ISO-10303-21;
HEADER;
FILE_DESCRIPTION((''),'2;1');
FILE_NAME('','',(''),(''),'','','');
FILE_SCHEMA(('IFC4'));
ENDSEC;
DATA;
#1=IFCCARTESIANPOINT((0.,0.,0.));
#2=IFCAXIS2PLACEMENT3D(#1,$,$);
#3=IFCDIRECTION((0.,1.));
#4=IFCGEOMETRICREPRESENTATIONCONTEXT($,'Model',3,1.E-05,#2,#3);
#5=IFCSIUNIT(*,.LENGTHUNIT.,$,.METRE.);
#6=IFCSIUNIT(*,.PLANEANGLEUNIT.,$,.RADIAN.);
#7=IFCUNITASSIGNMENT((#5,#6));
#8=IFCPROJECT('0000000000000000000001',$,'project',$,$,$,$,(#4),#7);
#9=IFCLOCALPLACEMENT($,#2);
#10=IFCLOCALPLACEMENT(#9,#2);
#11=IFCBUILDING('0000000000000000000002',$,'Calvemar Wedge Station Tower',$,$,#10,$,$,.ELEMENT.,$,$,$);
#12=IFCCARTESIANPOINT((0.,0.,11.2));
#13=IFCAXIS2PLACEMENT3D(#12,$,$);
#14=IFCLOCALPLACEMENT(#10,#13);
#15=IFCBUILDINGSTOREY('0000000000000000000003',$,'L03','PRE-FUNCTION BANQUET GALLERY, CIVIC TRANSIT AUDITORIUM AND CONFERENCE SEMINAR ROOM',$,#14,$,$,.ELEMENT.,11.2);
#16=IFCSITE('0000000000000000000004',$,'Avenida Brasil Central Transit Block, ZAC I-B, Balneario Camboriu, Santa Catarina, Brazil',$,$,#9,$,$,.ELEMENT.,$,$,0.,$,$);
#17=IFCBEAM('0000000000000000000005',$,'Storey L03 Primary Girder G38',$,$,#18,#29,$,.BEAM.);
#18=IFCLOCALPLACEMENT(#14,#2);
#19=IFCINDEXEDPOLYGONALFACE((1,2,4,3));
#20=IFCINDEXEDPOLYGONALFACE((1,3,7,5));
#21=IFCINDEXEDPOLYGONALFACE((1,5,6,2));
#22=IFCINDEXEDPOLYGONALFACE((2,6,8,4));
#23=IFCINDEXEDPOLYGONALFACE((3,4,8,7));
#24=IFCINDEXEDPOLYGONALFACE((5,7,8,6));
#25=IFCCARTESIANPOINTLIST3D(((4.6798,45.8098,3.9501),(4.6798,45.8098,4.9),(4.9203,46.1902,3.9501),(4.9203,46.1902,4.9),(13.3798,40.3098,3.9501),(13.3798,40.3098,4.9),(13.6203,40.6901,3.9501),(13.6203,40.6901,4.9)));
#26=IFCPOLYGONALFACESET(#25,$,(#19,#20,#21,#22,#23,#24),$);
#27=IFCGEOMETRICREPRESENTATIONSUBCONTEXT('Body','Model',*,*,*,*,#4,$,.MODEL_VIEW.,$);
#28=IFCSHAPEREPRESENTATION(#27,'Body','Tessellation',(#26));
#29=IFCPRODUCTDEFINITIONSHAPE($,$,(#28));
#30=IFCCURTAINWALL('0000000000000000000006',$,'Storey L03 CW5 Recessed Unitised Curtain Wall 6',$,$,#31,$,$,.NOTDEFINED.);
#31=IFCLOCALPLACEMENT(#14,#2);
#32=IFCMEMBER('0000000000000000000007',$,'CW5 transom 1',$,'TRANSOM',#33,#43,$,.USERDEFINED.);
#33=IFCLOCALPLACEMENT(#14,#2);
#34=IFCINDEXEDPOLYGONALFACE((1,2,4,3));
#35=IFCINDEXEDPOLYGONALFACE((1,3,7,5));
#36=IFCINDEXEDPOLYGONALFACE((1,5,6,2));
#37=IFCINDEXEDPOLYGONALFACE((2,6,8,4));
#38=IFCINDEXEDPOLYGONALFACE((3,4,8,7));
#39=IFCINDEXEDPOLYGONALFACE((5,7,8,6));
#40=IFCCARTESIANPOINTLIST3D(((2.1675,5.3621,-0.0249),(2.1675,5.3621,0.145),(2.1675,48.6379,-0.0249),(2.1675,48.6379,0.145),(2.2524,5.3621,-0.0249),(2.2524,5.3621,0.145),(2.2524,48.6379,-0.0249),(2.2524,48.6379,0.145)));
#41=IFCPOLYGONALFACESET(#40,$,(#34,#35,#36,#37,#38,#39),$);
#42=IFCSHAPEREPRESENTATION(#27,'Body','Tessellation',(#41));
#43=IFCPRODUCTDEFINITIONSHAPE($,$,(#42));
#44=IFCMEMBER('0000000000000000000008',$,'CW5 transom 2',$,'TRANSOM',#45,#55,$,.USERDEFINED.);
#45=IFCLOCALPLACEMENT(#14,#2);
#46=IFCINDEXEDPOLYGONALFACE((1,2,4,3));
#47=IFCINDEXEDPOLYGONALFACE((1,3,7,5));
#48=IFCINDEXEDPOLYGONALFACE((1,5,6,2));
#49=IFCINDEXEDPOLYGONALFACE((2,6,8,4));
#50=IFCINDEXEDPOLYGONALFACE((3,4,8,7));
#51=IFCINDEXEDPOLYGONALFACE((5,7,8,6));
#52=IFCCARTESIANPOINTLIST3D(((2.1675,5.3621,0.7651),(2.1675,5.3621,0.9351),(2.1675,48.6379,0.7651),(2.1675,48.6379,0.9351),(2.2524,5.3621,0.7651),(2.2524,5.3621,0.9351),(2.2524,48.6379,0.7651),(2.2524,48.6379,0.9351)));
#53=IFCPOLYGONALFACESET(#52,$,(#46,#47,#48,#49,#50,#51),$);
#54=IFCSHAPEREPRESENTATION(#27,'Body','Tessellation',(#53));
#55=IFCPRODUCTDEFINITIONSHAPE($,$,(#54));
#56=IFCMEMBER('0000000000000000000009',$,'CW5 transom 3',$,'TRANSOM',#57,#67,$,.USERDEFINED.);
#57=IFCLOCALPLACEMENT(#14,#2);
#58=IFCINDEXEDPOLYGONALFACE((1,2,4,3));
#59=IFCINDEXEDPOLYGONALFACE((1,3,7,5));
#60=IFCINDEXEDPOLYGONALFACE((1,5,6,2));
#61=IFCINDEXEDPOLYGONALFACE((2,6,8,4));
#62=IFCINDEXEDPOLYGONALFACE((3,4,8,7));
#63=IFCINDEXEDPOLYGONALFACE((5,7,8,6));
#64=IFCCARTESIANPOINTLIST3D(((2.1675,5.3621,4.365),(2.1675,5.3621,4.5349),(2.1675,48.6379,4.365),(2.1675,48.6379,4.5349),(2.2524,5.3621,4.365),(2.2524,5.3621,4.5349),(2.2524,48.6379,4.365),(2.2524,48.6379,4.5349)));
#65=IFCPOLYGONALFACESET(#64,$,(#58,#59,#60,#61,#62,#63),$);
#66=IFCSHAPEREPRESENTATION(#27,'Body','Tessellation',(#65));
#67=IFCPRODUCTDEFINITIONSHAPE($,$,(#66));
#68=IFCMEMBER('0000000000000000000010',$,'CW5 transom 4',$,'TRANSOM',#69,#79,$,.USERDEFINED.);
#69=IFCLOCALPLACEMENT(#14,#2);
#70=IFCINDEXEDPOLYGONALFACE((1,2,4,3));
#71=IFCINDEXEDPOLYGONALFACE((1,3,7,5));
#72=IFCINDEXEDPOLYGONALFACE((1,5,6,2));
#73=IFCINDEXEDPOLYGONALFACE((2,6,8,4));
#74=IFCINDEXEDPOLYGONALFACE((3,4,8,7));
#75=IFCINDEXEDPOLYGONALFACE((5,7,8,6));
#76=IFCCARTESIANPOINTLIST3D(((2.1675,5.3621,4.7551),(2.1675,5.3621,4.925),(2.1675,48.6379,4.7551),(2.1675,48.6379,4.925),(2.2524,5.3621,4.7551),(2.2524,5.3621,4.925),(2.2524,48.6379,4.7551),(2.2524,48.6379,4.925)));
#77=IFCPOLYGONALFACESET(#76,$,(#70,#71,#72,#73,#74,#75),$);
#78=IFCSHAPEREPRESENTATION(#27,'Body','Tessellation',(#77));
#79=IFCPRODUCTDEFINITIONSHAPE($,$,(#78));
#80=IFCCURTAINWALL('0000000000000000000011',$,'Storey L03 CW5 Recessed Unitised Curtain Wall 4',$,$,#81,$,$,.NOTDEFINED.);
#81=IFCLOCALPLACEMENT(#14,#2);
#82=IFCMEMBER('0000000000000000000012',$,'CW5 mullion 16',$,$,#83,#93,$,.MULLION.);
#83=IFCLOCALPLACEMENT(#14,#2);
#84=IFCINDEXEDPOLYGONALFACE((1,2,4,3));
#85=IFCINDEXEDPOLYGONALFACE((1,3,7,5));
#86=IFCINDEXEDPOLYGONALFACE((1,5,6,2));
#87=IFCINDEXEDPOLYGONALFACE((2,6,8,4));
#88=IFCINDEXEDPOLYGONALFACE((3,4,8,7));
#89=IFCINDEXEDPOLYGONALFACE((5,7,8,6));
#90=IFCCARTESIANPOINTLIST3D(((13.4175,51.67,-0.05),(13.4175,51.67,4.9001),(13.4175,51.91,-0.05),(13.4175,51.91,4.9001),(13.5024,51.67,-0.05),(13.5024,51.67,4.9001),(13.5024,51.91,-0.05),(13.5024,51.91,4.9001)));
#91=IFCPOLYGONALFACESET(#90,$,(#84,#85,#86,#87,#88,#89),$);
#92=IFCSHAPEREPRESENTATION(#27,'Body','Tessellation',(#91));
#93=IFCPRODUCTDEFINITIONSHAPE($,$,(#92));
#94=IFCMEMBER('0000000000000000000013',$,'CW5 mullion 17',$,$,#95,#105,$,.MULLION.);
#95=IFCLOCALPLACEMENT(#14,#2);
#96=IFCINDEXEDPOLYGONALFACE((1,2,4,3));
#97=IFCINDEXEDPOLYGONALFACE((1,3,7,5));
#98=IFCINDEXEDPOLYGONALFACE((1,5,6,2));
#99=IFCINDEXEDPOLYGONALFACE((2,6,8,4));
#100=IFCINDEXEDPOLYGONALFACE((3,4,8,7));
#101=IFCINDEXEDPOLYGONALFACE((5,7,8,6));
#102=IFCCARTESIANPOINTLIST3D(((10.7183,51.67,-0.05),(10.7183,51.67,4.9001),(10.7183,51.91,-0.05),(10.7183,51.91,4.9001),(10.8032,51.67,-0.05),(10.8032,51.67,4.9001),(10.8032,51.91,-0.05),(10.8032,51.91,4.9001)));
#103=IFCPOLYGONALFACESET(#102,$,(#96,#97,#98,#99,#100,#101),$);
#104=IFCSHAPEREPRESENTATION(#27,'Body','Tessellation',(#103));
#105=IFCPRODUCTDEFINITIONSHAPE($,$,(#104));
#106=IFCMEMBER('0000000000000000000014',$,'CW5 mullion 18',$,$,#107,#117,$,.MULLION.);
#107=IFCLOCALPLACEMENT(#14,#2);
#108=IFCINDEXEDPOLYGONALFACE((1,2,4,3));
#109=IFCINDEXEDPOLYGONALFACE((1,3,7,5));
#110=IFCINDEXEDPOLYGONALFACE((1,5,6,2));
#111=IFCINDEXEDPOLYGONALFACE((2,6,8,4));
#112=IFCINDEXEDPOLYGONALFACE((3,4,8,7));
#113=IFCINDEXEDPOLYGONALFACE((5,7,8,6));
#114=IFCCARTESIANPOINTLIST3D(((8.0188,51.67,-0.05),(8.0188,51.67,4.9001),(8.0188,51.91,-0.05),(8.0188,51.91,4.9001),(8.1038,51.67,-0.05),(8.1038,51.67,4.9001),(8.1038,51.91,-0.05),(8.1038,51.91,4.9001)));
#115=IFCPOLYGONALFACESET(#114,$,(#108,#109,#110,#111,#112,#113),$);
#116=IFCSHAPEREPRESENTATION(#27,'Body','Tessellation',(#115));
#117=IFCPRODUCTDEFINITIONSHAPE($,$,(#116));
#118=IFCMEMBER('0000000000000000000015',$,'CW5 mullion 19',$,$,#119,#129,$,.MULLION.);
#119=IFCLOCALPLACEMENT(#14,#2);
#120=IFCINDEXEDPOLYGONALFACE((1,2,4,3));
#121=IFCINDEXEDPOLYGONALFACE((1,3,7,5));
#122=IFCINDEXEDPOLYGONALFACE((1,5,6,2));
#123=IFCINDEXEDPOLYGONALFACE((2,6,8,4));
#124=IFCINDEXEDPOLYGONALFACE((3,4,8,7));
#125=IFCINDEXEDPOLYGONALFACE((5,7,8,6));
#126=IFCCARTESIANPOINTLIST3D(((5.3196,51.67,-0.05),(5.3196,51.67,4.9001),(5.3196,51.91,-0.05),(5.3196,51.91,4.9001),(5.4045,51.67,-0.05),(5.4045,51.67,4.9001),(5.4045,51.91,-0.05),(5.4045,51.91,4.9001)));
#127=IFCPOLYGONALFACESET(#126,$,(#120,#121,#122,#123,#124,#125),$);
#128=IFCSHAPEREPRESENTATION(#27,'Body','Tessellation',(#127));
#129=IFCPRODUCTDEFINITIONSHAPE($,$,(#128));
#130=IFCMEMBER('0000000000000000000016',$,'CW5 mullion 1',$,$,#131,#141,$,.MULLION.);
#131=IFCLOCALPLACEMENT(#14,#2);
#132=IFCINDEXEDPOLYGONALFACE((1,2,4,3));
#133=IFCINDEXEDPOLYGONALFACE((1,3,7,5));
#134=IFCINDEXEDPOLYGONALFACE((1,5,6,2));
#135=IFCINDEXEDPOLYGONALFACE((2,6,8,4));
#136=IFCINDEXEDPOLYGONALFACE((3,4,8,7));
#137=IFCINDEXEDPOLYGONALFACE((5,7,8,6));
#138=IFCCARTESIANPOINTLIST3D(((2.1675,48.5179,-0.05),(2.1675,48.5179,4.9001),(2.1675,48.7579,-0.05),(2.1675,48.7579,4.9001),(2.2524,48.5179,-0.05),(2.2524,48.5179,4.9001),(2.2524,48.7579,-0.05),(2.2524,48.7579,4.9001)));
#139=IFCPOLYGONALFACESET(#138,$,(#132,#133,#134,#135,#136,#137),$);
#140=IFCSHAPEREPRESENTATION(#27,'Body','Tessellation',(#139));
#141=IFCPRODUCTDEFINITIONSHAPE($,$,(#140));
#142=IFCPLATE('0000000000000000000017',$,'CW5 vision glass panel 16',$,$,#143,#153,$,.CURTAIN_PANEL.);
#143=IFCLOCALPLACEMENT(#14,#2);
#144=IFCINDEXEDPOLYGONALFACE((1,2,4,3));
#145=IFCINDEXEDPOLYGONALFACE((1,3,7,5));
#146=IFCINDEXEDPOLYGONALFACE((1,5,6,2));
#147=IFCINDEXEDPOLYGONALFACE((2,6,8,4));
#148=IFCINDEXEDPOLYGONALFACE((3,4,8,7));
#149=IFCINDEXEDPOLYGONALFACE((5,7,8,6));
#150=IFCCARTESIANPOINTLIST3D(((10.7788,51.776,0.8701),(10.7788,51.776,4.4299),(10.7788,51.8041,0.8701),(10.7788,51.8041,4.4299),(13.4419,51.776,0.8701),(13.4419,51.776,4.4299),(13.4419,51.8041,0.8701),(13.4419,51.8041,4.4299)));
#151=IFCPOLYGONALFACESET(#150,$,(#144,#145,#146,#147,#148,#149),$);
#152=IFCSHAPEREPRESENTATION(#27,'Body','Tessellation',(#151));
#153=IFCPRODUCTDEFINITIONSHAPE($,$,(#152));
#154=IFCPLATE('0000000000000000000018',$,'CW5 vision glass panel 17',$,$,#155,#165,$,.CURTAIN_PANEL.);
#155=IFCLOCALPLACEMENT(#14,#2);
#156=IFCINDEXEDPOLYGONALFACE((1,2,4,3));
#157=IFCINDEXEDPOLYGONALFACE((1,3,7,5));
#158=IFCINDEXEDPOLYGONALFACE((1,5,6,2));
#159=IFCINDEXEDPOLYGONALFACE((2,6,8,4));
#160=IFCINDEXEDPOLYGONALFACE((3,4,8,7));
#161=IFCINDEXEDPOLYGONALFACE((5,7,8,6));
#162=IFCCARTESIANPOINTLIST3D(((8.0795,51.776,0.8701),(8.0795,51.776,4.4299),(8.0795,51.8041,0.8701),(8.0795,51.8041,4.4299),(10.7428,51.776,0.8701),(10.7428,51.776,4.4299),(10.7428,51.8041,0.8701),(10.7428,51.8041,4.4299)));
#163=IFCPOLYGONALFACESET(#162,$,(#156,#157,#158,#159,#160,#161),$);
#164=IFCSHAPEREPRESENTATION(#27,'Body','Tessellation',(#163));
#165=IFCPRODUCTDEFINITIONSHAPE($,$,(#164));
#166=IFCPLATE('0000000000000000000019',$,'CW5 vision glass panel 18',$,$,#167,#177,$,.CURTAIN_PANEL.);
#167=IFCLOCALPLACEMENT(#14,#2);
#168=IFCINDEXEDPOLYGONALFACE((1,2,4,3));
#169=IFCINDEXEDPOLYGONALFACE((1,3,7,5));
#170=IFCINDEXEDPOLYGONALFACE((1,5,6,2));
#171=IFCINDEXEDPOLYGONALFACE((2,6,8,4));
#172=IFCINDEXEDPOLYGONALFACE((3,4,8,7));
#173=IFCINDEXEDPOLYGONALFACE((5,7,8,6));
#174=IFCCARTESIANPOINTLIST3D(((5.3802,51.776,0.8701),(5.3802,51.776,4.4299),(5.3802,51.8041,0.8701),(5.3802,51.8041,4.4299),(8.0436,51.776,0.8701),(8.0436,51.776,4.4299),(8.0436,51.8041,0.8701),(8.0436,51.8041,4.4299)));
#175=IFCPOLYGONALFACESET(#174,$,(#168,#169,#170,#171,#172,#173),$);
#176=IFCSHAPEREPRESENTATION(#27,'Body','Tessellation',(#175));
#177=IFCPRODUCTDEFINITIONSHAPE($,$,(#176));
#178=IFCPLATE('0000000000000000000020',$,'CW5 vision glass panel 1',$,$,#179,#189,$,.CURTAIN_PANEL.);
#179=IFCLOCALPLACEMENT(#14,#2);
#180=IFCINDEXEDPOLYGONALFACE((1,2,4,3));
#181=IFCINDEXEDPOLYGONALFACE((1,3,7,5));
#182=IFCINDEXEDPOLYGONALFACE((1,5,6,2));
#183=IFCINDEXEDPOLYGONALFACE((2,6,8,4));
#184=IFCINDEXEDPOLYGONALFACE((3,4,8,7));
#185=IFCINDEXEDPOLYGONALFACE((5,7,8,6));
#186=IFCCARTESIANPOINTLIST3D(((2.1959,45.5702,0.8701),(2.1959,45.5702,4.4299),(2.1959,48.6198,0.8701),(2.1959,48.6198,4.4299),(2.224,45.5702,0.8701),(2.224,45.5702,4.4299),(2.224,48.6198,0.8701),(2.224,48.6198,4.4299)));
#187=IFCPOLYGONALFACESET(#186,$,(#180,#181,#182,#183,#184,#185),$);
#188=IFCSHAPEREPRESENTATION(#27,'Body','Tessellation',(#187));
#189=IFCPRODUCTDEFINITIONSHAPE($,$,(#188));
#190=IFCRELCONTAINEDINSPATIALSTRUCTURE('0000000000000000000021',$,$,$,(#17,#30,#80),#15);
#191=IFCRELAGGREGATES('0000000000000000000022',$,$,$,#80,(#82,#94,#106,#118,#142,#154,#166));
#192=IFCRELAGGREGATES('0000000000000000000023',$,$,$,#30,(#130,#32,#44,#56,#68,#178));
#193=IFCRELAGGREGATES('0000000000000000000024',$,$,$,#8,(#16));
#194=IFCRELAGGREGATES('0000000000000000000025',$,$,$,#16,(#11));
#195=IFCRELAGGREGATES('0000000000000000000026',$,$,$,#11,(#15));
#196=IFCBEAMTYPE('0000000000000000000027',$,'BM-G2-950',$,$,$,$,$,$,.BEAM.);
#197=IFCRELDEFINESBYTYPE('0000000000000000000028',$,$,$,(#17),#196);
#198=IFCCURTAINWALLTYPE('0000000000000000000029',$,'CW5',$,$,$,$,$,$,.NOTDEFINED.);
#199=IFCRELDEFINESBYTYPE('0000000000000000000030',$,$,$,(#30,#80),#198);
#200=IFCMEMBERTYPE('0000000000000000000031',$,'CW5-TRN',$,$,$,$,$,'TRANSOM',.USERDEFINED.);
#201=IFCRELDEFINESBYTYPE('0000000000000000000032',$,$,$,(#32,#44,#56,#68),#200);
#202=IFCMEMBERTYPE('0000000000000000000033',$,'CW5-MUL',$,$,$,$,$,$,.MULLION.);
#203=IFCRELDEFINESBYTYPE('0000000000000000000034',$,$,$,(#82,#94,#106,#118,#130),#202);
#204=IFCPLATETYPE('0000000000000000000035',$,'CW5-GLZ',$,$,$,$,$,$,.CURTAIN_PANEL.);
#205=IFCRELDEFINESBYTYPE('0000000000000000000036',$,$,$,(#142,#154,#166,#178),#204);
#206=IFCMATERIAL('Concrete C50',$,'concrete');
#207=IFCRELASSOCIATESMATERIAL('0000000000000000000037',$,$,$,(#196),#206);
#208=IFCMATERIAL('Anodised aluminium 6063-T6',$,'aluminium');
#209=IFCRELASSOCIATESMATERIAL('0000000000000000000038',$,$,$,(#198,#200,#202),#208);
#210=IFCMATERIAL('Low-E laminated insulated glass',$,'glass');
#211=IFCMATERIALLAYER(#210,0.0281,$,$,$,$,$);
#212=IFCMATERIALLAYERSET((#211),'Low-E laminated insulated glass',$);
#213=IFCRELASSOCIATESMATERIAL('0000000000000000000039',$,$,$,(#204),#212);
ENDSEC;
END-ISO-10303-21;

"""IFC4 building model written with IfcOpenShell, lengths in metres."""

from ifc_helpers import new_model, si_unit, direction, frame, frame_2d, origin, origin_2d, place, context, subcontext, project, spatial, rectangle, extrude, source, transform, mapped, material, layer, layer_set, material_profile, profile_set, type_object, element, aggregate, save


model = new_model("IFC4")

# Units and contexts
model_context = context("Model", 3, precision=1e-05, world=origin(), true_north=direction((0.0, 1.0)))
body_context = subcontext(model_context, "Body", "Model", "MODEL_VIEW")
ifc_project = project(units=[si_unit("LENGTHUNIT", "METRE"), si_unit("PLANEANGLEUNIT", "RADIAN")], contexts=[model_context])

# Site, building, storey
site_placement = place(None, origin())
site = spatial("IfcSite", under=ifc_project, at=site_placement, Name="Avenida Brasil Central Transit Block, ZAC I-B, Balneario Camboriu, Santa Catarina, Brazil", CompositionType="ELEMENT", RefElevation=0.0)
building_placement = place(site_placement, origin())
building = spatial("IfcBuilding", under=site, at=building_placement, Name="Calvemar Wedge Station Tower", CompositionType="ELEMENT")
storey_placement = place(building_placement, frame((0.0, 0.0, 11.2)))
storey = spatial("IfcBuildingStorey", under=building, at=storey_placement, Name="L03", Description="PRE-FUNCTION BANQUET GALLERY, CIVIC TRANSIT AUDITORIUM AND CONFERENCE SEMINAR ROOM", CompositionType="ELEMENT", Elevation=11.2)

# Beam
ifc_material_1 = material(Name="Concrete C50", Category="concrete")
ifc_material_profile_1 = material_profile(ifc_material_1, rectangle(XDim=0.45, YDim=0.95, at=origin_2d()), Name="RC450x950")
ifc_profile_set_1 = profile_set([ifc_material_profile_1], Name="Concrete C50")
beam_type = type_object("IfcBeamType", Name="BM-G2-950", PredefinedType="BEAM", material=ifc_profile_set_1)
shared_shape_1 = source(origin(), body_context, "Body", "SweptSolid", [
    extrude(rectangle(XDim=0.45, YDim=0.95, at=origin_2d()), origin(), (0.0, 0.0, 1.0), 10.2927),
])
beam_placement = place(storey_placement, frame((4.8, 46.0, 4.425), z_axis=(0.845257, -0.534361, 0.0), x_axis=(0.534361, 0.845257, 0.0)))
element("IfcBeam", 1, at=beam_placement, inside=storey, type_object=beam_type, Name="Storey L03 Primary Girder G38", PredefinedType="BEAM", context=body_context, shape_type="MappedRepresentation", body=[
    mapped(shared_shape_1, transform((0.0, 0.0, 0.0), scale=1.0)),
])

# Curtain walls, members
ifc_material_2 = material(Name="Anodised aluminium 6063-T6", Category="aluminium")
curtain_wall_type = type_object("IfcCurtainWallType", Name="CW5", PredefinedType="NOTDEFINED", material=ifc_material_2)
curtain_wall_1_placement = place(storey_placement, origin())
curtain_wall_1 = element("IfcCurtainWall", 2, at=curtain_wall_1_placement, inside=storey, type_object=curtain_wall_type, Name="Storey L03 CW5 Recessed Unitised Curtain Wall 6", PredefinedType="NOTDEFINED")
ifc_material_profile_2 = material_profile(ifc_material_2, rectangle(XDim=0.085, YDim=0.1699, at=origin_2d()), Name="AL-TRN-85x170")
ifc_profile_set_2 = profile_set([ifc_material_profile_2], Name="Anodised aluminium 6063-T6")
member_type_1 = type_object("IfcMemberType", Name="CW5-TRN", ElementType="TRANSOM", PredefinedType="USERDEFINED", material=ifc_profile_set_2)
shared_shape_2 = source(origin(), body_context, "Body", "SweptSolid", [
    extrude(rectangle(XDim=0.085, YDim=0.1699, at=origin_2d()), origin(), (0.0, 0.0, 1.0), 43.2759),
])
member_1_placement = place(storey_placement, frame((2.21, 48.6379, 0.0601), z_axis=(0.0, -1.0, 0.0), x_axis=(1.0, 0.0, 0.0)))
member_1 = element("IfcMember", 3, at=member_1_placement, type_object=member_type_1, Name="CW5 transom 1", ObjectType="TRANSOM", PredefinedType="USERDEFINED", context=body_context, shape_type="MappedRepresentation", body=[
    mapped(shared_shape_2, transform((0.0, 0.0, 0.0), scale=1.0)),
])
member_2_placement = place(storey_placement, frame((2.21, 48.6379, 0.8501), z_axis=(0.0, -1.0, 0.0), x_axis=(1.0, 0.0, 0.0)))
member_2 = element("IfcMember", 4, at=member_2_placement, type_object=member_type_1, Name="CW5 transom 2", ObjectType="TRANSOM", PredefinedType="USERDEFINED", context=body_context, shape_type="MappedRepresentation", body=[
    mapped(shared_shape_2, transform((0.0, 0.0, 0.0), scale=1.0)),
])
member_3_placement = place(storey_placement, frame((2.21, 48.6379, 4.45), z_axis=(0.0, -1.0, 0.0), x_axis=(1.0, 0.0, 0.0)))
member_3 = element("IfcMember", 5, at=member_3_placement, type_object=member_type_1, Name="CW5 transom 3", ObjectType="TRANSOM", PredefinedType="USERDEFINED", context=body_context, shape_type="MappedRepresentation", body=[
    mapped(shared_shape_2, transform((0.0, 0.0, 0.0), scale=1.0)),
])
member_4_placement = place(storey_placement, frame((2.21, 48.6379, 4.8401), z_axis=(0.0, -1.0, 0.0), x_axis=(1.0, 0.0, 0.0)))
member_4 = element("IfcMember", 6, at=member_4_placement, type_object=member_type_1, Name="CW5 transom 4", ObjectType="TRANSOM", PredefinedType="USERDEFINED", context=body_context, shape_type="MappedRepresentation", body=[
    mapped(shared_shape_2, transform((0.0, 0.0, 0.0), scale=1.0)),
])
curtain_wall_2_placement = place(storey_placement, origin())
curtain_wall_2 = element("IfcCurtainWall", 7, at=curtain_wall_2_placement, inside=storey, type_object=curtain_wall_type, Name="Storey L03 CW5 Recessed Unitised Curtain Wall 4", PredefinedType="NOTDEFINED")
ifc_material_profile_3 = material_profile(ifc_material_2, rectangle(XDim=0.085, YDim=0.24, at=origin_2d()), Name="AL-MUL-85x240")
ifc_profile_set_3 = profile_set([ifc_material_profile_3], Name="Anodised aluminium 6063-T6")
member_type_2 = type_object("IfcMemberType", Name="CW5-MUL", PredefinedType="MULLION", material=ifc_profile_set_3)
shared_shape_3 = source(origin(), body_context, "Body", "SweptSolid", [
    extrude(rectangle(XDim=0.085, YDim=0.24, at=origin_2d()), origin(), (0.0, 0.0, 1.0), 4.9502),
])
member_5_placement = place(storey_placement, frame((13.46, 51.79, -0.05), z_axis=(0.0, 0.0, 1.0), x_axis=(1.0, 0.0, 0.0)))
member_5 = element("IfcMember", 8, at=member_5_placement, type_object=member_type_2, Name="CW5 mullion 16", PredefinedType="MULLION", context=body_context, shape_type="MappedRepresentation", body=[
    mapped(shared_shape_3, transform((0.0, 0.0, 0.0), scale=1.0)),
])
member_6_placement = place(storey_placement, frame((10.7607, 51.79, -0.05), z_axis=(0.0, 0.0, 1.0), x_axis=(1.0, 0.0, 0.0)))
member_6 = element("IfcMember", 9, at=member_6_placement, type_object=member_type_2, Name="CW5 mullion 17", PredefinedType="MULLION", context=body_context, shape_type="MappedRepresentation", body=[
    mapped(shared_shape_3, transform((0.0, 0.0, 0.0), scale=1.0)),
])
member_7_placement = place(storey_placement, frame((8.0613, 51.79, -0.05), z_axis=(0.0, 0.0, 1.0), x_axis=(1.0, 0.0, 0.0)))
member_7 = element("IfcMember", 10, at=member_7_placement, type_object=member_type_2, Name="CW5 mullion 18", PredefinedType="MULLION", context=body_context, shape_type="MappedRepresentation", body=[
    mapped(shared_shape_3, transform((0.0, 0.0, 0.0), scale=1.0)),
])
member_8_placement = place(storey_placement, frame((5.3621, 51.79, -0.05), z_axis=(0.0, 0.0, 1.0), x_axis=(1.0, 0.0, 0.0)))
member_8 = element("IfcMember", 11, at=member_8_placement, type_object=member_type_2, Name="CW5 mullion 19", PredefinedType="MULLION", context=body_context, shape_type="MappedRepresentation", body=[
    mapped(shared_shape_3, transform((0.0, 0.0, 0.0), scale=1.0)),
])

# Member
member_9_placement = place(storey_placement, frame((2.21, 48.6379, -0.05), z_axis=(0.0, 0.0, 1.0), x_axis=(1.0, 0.0, 0.0)))
member_9 = element("IfcMember", 12, at=member_9_placement, type_object=member_type_2, Name="CW5 mullion 1", PredefinedType="MULLION", context=body_context, shape_type="MappedRepresentation", body=[
    mapped(shared_shape_3, transform((0.0, 0.0, 0.0), scale=1.0)),
])

# Plates
ifc_material_3 = material(Name="Low-E laminated insulated glass", Category="glass")
ifc_layer_1 = layer(ifc_material_3, 0.0281)
ifc_layer_set_1 = layer_set([ifc_layer_1], Name="Low-E laminated insulated glass")
plate_type_1 = type_object("IfcPlateType", Name="CW5-GLZ", PredefinedType="CURTAIN_PANEL", material=ifc_layer_set_1)
plate_1_placement = place(storey_placement, frame((13.4419, 51.79, 0.8701), z_axis=(0.0, 0.0, 1.0), x_axis=(-1.0, 0.0, 0.0)))
plate_1 = element("IfcPlate", 13, at=plate_1_placement, type_object=plate_type_1, Name="CW5 vision glass panel 16", PredefinedType="CURTAIN_PANEL", context=body_context, shape_type="SweptSolid", body=[
    extrude(rectangle(XDim=2.6631, YDim=0.0281, at=frame_2d((1.3315, 0.0))), origin(), (0.0, 0.0, 1.0), 3.5598),
])
plate_2_placement = place(storey_placement, frame((10.7427, 51.79, 0.8701), z_axis=(0.0, 0.0, 1.0), x_axis=(-1.0, 0.0, 0.0)))
plate_2 = element("IfcPlate", 14, at=plate_2_placement, type_object=plate_type_1, Name="CW5 vision glass panel 17", PredefinedType="CURTAIN_PANEL", context=body_context, shape_type="SweptSolid", body=[
    extrude(rectangle(XDim=2.6633, YDim=0.0281, at=frame_2d((1.3315, 0.0))), origin(), (0.0, 0.0, 1.0), 3.5598),
])
plate_3_placement = place(storey_placement, frame((8.0435, 51.79, 0.8701), z_axis=(0.0, 0.0, 1.0), x_axis=(-1.0, 0.0, 0.0)))
plate_3 = element("IfcPlate", 15, at=plate_3_placement, type_object=plate_type_1, Name="CW5 vision glass panel 18", PredefinedType="CURTAIN_PANEL", context=body_context, shape_type="SweptSolid", body=[
    extrude(rectangle(XDim=2.6633, YDim=0.0281, at=frame_2d((1.3315, 0.0))), origin(), (0.0, 0.0, 1.0), 3.5598),
])
plate_4_placement = place(storey_placement, frame((2.21, 48.6199, 0.8701), z_axis=(0.0, 0.0, 1.0), x_axis=(0.0, -1.0, 0.0)))
plate_4 = element("IfcPlate", 16, at=plate_4_placement, type_object=plate_type_1, Name="CW5 vision glass panel 1", PredefinedType="CURTAIN_PANEL", context=body_context, shape_type="SweptSolid", body=[
    extrude(rectangle(XDim=3.0496, YDim=0.0281, at=frame_2d((1.5249, 0.0))), origin(), (0.0, 0.0, 1.0), 3.5598),
])
aggregate(curtain_wall_2, [member_5, member_6, member_7, member_8, plate_1, plate_2, plate_3])
aggregate(curtain_wall_1, [member_9, member_1, member_2, member_3, member_4, plate_4])

save(model, "model.ifc")
